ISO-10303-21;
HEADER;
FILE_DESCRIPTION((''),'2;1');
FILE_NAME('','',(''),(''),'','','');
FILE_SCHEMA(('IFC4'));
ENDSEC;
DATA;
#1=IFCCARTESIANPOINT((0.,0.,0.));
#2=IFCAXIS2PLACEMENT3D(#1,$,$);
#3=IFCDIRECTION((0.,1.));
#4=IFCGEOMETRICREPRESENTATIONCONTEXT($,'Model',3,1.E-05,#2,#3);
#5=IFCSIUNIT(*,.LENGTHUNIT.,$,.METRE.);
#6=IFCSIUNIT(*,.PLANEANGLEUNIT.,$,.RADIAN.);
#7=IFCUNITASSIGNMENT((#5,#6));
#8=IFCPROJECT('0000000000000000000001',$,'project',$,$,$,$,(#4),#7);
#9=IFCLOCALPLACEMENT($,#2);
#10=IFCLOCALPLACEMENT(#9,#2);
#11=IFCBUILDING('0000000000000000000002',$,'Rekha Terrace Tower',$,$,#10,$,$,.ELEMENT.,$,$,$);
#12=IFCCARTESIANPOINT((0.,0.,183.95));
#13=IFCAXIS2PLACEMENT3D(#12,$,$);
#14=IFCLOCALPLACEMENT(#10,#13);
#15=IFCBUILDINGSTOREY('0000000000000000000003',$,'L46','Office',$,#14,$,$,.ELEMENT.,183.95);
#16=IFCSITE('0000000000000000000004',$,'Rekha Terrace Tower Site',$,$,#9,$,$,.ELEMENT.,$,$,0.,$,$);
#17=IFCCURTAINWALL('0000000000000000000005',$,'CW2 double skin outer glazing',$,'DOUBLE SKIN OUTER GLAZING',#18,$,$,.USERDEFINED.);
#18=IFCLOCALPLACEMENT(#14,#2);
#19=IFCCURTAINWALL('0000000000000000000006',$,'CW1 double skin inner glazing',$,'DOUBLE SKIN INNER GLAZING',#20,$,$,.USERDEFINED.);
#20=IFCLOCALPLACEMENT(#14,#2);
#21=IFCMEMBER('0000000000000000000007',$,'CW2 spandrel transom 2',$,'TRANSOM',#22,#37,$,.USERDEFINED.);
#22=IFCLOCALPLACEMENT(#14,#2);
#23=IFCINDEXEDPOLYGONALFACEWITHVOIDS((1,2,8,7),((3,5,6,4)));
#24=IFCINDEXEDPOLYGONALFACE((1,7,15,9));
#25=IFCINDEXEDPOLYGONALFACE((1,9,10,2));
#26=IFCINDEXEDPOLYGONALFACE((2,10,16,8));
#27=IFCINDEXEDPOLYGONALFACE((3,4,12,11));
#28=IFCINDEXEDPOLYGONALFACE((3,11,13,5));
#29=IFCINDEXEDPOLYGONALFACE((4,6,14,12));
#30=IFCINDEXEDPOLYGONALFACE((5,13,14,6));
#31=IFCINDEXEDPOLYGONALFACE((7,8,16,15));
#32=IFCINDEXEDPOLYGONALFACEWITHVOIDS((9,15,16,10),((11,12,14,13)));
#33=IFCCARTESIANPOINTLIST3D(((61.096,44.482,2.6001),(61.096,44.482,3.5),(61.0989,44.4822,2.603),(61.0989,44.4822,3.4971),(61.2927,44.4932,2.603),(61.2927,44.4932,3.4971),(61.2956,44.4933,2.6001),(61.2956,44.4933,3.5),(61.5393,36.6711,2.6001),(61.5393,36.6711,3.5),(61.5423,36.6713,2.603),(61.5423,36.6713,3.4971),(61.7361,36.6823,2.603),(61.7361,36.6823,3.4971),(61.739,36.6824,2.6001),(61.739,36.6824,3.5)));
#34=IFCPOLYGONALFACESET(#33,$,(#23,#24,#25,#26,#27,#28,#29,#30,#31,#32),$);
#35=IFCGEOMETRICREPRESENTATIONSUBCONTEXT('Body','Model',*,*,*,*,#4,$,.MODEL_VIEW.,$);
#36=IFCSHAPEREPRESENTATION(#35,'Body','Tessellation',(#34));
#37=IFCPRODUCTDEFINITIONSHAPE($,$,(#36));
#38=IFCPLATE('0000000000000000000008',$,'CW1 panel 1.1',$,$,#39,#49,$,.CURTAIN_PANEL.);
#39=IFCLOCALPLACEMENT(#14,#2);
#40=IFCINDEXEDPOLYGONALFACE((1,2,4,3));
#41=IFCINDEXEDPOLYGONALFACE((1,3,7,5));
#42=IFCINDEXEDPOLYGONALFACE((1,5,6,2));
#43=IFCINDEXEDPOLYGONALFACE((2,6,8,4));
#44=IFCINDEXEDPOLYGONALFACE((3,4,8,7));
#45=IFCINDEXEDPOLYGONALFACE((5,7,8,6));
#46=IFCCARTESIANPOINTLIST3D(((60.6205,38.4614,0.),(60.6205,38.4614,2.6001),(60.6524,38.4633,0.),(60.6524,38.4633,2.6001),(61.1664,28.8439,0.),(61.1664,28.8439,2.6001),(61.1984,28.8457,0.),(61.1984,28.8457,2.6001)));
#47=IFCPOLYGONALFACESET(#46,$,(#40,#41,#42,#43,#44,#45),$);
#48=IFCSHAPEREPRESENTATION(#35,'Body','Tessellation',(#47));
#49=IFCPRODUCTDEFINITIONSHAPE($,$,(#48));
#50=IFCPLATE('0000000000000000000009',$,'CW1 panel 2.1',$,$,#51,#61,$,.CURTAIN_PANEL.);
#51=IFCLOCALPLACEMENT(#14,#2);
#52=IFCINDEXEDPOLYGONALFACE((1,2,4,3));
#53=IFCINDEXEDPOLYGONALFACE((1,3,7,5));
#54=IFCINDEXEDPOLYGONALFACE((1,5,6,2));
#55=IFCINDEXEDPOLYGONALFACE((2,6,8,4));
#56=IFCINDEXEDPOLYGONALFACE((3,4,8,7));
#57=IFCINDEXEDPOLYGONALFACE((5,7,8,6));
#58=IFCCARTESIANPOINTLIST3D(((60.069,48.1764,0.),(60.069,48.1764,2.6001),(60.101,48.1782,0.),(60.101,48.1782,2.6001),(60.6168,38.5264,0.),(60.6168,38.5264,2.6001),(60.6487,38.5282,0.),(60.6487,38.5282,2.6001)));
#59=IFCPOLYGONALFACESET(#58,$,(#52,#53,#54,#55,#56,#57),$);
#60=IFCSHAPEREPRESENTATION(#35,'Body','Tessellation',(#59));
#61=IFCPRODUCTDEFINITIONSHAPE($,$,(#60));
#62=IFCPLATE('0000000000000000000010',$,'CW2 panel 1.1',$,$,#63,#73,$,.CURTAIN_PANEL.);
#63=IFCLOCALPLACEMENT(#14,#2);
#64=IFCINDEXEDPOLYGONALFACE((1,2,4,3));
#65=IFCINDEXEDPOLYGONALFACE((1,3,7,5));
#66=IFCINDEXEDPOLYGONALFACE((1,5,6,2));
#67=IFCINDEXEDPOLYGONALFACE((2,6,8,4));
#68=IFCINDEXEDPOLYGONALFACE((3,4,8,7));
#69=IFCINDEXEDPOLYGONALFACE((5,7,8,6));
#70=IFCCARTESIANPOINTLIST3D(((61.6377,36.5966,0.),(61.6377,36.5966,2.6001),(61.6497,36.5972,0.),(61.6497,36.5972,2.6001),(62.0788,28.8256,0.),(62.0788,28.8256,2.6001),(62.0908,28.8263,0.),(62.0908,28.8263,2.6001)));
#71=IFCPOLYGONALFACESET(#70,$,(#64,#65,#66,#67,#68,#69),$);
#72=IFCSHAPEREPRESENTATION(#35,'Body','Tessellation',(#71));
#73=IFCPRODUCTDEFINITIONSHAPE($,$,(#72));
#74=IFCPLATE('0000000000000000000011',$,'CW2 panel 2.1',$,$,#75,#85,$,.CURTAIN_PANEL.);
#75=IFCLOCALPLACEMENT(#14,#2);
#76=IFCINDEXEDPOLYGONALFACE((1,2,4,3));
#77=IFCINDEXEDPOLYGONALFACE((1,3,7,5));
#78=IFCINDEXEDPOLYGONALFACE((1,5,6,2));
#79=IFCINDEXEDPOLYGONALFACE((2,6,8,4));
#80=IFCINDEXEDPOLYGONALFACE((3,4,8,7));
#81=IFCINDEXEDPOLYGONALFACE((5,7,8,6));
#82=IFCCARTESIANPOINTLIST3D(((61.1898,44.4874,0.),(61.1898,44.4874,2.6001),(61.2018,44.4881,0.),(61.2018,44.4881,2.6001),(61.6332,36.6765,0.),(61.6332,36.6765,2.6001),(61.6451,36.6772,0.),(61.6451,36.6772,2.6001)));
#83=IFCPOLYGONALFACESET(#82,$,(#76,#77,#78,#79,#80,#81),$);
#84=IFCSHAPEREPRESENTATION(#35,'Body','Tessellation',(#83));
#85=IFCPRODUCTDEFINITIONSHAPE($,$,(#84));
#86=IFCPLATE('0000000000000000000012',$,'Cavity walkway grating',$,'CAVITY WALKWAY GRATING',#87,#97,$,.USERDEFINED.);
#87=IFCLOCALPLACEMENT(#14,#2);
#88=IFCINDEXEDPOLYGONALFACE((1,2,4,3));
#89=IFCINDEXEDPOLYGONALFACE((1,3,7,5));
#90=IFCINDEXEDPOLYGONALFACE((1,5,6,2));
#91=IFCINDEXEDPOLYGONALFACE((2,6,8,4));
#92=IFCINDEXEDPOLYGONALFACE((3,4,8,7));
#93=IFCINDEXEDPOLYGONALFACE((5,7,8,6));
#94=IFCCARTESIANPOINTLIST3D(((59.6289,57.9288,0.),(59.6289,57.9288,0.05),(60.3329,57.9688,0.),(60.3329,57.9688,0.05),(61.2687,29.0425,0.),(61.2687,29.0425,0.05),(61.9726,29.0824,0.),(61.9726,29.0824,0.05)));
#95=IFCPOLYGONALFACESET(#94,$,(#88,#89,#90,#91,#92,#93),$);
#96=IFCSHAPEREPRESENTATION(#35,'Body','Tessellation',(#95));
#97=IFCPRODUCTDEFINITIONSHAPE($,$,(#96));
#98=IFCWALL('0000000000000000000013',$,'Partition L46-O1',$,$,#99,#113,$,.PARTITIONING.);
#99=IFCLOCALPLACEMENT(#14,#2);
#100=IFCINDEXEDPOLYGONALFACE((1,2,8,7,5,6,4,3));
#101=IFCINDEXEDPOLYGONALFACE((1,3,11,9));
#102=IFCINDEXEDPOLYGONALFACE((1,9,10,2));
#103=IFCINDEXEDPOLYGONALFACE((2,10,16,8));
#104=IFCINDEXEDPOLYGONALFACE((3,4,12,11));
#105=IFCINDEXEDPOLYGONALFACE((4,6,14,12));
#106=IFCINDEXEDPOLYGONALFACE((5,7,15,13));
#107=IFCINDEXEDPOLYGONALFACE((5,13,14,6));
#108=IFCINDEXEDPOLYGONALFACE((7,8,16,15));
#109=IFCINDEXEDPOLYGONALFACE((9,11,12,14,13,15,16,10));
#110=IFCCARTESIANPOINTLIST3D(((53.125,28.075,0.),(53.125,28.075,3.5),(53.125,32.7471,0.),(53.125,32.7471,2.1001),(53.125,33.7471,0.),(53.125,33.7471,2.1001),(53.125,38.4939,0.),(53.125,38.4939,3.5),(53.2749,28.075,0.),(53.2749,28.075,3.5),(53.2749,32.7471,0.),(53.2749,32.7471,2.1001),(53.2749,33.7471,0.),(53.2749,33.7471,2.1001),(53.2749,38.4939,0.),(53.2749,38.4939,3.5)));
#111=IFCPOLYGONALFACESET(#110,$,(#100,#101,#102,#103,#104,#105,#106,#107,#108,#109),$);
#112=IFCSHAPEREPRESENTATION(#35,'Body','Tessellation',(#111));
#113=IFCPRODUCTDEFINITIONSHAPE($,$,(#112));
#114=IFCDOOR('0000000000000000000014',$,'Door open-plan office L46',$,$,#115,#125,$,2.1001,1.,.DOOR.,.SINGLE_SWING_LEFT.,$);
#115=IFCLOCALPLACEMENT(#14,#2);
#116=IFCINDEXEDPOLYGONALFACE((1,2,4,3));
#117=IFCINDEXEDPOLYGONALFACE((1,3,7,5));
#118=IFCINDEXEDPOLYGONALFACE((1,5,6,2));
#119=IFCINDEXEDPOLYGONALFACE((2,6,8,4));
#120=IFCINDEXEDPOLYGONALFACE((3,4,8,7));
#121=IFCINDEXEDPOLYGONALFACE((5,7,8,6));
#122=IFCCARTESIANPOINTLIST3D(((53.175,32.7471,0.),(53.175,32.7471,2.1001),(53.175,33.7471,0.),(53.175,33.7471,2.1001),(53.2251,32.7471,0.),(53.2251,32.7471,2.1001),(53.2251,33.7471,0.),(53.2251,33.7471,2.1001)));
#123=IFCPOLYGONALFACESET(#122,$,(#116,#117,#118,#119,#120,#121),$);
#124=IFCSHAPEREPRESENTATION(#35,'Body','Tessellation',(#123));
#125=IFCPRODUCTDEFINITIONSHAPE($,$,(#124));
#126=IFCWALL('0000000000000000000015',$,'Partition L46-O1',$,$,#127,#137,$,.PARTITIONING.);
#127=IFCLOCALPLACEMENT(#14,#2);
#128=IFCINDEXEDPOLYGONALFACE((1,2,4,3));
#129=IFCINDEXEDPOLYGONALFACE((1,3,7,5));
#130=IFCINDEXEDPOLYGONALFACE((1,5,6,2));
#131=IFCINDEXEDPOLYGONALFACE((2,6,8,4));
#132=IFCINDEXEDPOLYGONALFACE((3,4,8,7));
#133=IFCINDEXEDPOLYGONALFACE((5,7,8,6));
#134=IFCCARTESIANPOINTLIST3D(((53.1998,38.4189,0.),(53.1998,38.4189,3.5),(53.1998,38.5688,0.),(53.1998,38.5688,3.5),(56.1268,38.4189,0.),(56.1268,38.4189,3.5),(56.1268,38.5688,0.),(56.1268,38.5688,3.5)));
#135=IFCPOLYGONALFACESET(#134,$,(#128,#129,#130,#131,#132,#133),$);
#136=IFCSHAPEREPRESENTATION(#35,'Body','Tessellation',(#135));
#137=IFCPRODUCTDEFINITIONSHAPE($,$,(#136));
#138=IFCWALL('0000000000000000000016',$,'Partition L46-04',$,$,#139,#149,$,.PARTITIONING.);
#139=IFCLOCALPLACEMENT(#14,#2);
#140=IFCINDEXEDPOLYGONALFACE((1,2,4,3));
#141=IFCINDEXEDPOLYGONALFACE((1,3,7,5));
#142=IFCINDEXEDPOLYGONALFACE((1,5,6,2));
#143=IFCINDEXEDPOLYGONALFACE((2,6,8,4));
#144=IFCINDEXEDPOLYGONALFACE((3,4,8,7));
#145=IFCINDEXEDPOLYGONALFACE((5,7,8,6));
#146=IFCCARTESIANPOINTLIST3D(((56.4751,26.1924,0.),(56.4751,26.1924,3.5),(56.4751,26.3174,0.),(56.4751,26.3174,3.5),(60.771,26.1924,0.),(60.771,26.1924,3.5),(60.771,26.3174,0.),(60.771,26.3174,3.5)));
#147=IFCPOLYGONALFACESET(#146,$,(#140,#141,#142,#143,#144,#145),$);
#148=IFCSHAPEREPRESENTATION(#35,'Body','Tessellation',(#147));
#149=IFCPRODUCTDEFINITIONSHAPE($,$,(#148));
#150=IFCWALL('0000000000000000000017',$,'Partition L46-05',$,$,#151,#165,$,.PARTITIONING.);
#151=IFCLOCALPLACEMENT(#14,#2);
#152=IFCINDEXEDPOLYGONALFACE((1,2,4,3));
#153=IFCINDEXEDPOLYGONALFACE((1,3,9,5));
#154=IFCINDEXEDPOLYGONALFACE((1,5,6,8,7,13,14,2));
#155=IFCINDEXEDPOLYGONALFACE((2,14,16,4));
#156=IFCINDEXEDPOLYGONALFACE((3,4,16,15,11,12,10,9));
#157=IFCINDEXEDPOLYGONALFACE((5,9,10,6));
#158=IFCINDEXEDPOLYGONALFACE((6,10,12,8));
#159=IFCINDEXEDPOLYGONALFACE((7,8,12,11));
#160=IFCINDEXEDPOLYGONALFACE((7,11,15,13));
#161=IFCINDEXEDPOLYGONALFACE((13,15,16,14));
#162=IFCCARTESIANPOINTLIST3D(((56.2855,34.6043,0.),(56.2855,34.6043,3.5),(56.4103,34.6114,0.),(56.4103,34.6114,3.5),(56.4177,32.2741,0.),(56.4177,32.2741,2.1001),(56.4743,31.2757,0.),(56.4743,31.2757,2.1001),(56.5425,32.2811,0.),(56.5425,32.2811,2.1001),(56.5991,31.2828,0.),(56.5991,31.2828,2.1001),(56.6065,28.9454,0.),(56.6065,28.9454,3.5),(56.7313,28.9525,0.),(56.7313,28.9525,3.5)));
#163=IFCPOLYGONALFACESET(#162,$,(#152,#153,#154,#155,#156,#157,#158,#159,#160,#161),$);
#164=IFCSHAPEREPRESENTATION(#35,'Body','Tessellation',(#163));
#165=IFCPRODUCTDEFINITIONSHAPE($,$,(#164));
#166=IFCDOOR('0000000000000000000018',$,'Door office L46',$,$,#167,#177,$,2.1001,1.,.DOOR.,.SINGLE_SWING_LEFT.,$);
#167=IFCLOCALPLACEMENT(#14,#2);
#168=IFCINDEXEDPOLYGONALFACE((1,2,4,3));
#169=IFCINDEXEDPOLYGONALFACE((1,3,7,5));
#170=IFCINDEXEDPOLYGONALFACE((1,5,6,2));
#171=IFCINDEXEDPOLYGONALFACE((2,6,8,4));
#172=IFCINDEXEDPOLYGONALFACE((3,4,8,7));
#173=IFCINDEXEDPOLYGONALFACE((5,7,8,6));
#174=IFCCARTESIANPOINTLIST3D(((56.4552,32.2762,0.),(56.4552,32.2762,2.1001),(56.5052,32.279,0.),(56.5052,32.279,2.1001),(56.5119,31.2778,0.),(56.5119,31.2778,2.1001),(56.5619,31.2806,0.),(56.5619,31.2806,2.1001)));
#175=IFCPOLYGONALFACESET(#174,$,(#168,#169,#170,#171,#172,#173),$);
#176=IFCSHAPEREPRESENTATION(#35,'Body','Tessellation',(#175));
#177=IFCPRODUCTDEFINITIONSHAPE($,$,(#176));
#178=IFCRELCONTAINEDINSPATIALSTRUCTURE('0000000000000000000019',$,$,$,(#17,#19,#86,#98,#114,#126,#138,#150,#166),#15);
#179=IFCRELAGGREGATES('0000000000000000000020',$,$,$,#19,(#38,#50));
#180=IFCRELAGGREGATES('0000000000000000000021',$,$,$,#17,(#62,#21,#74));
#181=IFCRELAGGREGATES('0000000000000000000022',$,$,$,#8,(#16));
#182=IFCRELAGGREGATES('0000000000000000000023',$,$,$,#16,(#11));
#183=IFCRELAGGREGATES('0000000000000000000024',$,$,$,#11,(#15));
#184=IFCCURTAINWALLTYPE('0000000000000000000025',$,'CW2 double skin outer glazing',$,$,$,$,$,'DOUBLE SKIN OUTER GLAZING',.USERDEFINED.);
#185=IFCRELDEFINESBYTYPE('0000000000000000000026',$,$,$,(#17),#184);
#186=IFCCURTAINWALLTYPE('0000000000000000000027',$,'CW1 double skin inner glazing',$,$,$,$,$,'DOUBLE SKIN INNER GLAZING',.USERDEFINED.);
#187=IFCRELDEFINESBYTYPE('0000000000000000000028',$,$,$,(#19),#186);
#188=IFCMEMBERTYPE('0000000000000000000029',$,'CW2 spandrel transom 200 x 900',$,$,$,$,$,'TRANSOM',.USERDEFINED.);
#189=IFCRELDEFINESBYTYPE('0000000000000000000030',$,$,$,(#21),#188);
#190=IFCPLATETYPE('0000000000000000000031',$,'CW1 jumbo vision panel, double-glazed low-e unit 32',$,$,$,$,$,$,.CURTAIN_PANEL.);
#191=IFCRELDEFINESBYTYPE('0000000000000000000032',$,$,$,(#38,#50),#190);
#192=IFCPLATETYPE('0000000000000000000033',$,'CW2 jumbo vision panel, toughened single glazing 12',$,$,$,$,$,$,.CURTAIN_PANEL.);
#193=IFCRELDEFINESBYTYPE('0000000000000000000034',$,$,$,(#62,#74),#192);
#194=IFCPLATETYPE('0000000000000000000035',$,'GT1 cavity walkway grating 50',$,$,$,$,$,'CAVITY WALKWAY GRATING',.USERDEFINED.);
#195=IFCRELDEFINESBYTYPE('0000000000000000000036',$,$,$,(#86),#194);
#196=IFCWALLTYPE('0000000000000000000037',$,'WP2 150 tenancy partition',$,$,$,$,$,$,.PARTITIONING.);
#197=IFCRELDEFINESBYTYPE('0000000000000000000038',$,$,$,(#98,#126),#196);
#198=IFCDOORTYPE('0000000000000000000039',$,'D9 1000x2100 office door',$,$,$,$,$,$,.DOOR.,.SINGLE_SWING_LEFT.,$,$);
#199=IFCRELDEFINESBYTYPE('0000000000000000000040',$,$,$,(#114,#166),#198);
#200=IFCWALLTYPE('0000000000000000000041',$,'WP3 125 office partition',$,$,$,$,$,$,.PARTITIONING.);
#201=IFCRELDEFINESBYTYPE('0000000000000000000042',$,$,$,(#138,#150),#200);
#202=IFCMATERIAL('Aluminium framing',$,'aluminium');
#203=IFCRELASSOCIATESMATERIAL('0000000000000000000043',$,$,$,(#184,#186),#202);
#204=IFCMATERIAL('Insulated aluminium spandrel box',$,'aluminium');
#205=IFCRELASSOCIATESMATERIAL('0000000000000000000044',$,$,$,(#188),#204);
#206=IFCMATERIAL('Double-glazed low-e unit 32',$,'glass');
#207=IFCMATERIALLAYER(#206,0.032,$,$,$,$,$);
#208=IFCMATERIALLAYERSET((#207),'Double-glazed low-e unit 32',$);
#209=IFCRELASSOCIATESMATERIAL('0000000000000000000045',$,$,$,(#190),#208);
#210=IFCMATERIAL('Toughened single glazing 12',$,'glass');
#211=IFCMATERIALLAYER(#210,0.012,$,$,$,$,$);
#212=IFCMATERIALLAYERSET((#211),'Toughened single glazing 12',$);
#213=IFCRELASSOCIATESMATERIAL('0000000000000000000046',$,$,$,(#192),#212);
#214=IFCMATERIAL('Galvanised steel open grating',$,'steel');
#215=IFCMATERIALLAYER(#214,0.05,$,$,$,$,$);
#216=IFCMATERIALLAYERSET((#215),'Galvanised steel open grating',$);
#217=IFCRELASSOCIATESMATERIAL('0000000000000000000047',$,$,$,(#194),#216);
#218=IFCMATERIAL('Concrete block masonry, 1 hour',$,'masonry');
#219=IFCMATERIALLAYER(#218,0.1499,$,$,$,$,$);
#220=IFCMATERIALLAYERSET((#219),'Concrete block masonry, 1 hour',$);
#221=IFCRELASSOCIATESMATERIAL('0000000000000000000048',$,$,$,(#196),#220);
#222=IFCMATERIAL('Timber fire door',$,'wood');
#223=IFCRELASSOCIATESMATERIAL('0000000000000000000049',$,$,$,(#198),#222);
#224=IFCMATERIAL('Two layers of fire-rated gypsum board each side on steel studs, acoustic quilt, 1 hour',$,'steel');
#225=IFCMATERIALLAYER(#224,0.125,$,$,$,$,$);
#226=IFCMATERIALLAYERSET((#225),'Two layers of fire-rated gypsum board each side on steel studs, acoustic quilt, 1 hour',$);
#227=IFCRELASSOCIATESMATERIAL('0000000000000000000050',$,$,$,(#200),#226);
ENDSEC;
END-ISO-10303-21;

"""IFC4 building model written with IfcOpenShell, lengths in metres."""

from ifc_helpers import new_model, si_unit, direction, frame, frame_2d, origin, origin_2d, place, context, subcontext, project, spatial, rectangle, hollow_rectangle, extrude, material, layer, layer_set, material_profile, profile_set, type_object, element, fill, aggregate, save


model = new_model("IFC4")

# Units and contexts
model_context = context("Model", 3, precision=1e-05, world=origin(), true_north=direction((0.0, 1.0)))
body_context = subcontext(model_context, "Body", "Model", "MODEL_VIEW")
ifc_project = project(units=[si_unit("LENGTHUNIT", "METRE"), si_unit("PLANEANGLEUNIT", "RADIAN")], contexts=[model_context])

# Site, building, storey
site_placement = place(None, origin())
site = spatial("IfcSite", under=ifc_project, at=site_placement, Name="Rekha Terrace Tower Site", CompositionType="ELEMENT", RefElevation=0.0)
building_placement = place(site_placement, origin())
building = spatial("IfcBuilding", under=site, at=building_placement, Name="Rekha Terrace Tower", CompositionType="ELEMENT")
storey_placement = place(building_placement, frame((0.0, 0.0, 183.95)))
storey = spatial("IfcBuildingStorey", under=building, at=storey_placement, Name="L46", Description="Office", CompositionType="ELEMENT", Elevation=183.95)

# Curtain wall
ifc_material_1 = material(Name="Aluminium framing", Category="aluminium")
curtain_wall_type_1 = type_object("IfcCurtainWallType", Name="CW2 double skin outer glazing", ElementType="DOUBLE SKIN OUTER GLAZING", PredefinedType="USERDEFINED", material=ifc_material_1)
curtain_wall_1_placement = place(storey_placement, origin())
curtain_wall_1 = element("IfcCurtainWall", 1, at=curtain_wall_1_placement, inside=storey, type_object=curtain_wall_type_1, Name="CW2 double skin outer glazing", ObjectType="DOUBLE SKIN OUTER GLAZING", PredefinedType="USERDEFINED")

# Curtain wall
curtain_wall_type_2 = type_object("IfcCurtainWallType", Name="CW1 double skin inner glazing", ElementType="DOUBLE SKIN INNER GLAZING", PredefinedType="USERDEFINED", material=ifc_material_1)
curtain_wall_2_placement = place(storey_placement, origin())
curtain_wall_2 = element("IfcCurtainWall", 2, at=curtain_wall_2_placement, inside=storey, type_object=curtain_wall_type_2, Name="CW1 double skin inner glazing", ObjectType="DOUBLE SKIN INNER GLAZING", PredefinedType="USERDEFINED")
ifc_material_2 = material(Name="Insulated aluminium spandrel box", Category="aluminium")

# Member
ifc_material_profile_1 = material_profile(ifc_material_2, hollow_rectangle(XDim=0.2, YDim=0.8999, WallThickness=0.0029, at=origin_2d()), Name="AL SPANDREL BOX 200x900")
ifc_profile_set_1 = profile_set([ifc_material_profile_1], Name="Insulated aluminium spandrel box")
member_type_1 = type_object("IfcMemberType", Name="CW2 spandrel transom 200 x 900", ElementType="TRANSOM", PredefinedType="USERDEFINED", material=ifc_profile_set_1)
member_1_placement = place(storey_placement, frame((61.6392, 36.6768, 3.05), z_axis=(-0.056669, 0.998393, 0.0), x_axis=(-0.998393, -0.056669, 0.0)))
member_1 = element("IfcMember", 3, at=member_1_placement, type_object=member_type_1, Name="CW2 spandrel transom 2", ObjectType="TRANSOM", PredefinedType="USERDEFINED", context=body_context, shape_type="SweptSolid", body=[
    extrude(hollow_rectangle(XDim=0.2, YDim=0.8999, WallThickness=0.0029, at=origin_2d()), origin(), (0.0, 0.0, 1.0), 7.8235),
])

# Plates
ifc_material_3 = material(Name="Double-glazed low-e unit 32", Category="glass")
ifc_layer_1 = layer(ifc_material_3, 0.032)
ifc_layer_set_1 = layer_set([ifc_layer_1], Name="Double-glazed low-e unit 32")
plate_type_1 = type_object("IfcPlateType", Name="CW1 jumbo vision panel, double-glazed low-e unit 32", PredefinedType="CURTAIN_PANEL", material=ifc_layer_set_1)
plate_1_placement = place(storey_placement, frame((60.9094, 33.6536, 0.0), z_axis=(0.0, 0.0, 1.0), x_axis=(-0.056673, 0.998393, 0.0)))
plate_1 = element("IfcPlate", 4, at=plate_1_placement, type_object=plate_type_1, Name="CW1 panel 1.1", PredefinedType="CURTAIN_PANEL", context=body_context, shape_type="SweptSolid", body=[
    extrude(rectangle(XDim=9.6331, YDim=0.032, at=origin_2d()), origin(), (0.0, 0.0, 1.0), 2.6001),
])
plate_2_placement = place(storey_placement, frame((60.3589, 43.3523, 0.0), z_axis=(0.0, 0.0, 1.0), x_axis=(-0.056673, 0.998393, 0.0)))
plate_2 = element("IfcPlate", 5, at=plate_2_placement, type_object=plate_type_1, Name="CW1 panel 2.1", PredefinedType="CURTAIN_PANEL", context=body_context, shape_type="SweptSolid", body=[
    extrude(rectangle(XDim=9.6655, YDim=0.032, at=origin_2d()), origin(), (0.0, 0.0, 1.0), 2.6001),
])
aggregate(curtain_wall_2, [plate_1, plate_2])
ifc_material_4 = material(Name="Toughened single glazing 12", Category="glass")
ifc_layer_2 = layer(ifc_material_4, 0.012)
ifc_layer_set_2 = layer_set([ifc_layer_2], Name="Toughened single glazing 12")
plate_type_2 = type_object("IfcPlateType", Name="CW2 jumbo vision panel, toughened single glazing 12", PredefinedType="CURTAIN_PANEL", material=ifc_layer_set_2)
plate_3_placement = place(storey_placement, frame((61.8643, 32.7114, 0.0), z_axis=(0.0, 0.0, 1.0), x_axis=(-0.056673, 0.998393, 0.0)))
plate_3 = element("IfcPlate", 6, at=plate_3_placement, type_object=plate_type_2, Name="CW2 panel 1.1", PredefinedType="CURTAIN_PANEL", context=body_context, shape_type="SweptSolid", body=[
    extrude(rectangle(XDim=7.7834, YDim=0.012, at=origin_2d()), origin(), (0.0, 0.0, 1.0), 2.6001),
])
plate_4_placement = place(storey_placement, frame((61.4175, 40.5823, 0.0), z_axis=(0.0, 0.0, 1.0), x_axis=(-0.056673, 0.998393, 0.0)))
plate_4 = element("IfcPlate", 7, at=plate_4_placement, type_object=plate_type_2, Name="CW2 panel 2.1", PredefinedType="CURTAIN_PANEL", context=body_context, shape_type="SweptSolid", body=[
    extrude(rectangle(XDim=7.8235, YDim=0.012, at=origin_2d()), origin(), (0.0, 0.0, 1.0), 2.6001),
])
aggregate(curtain_wall_1, [plate_3, member_1, plate_4])
ifc_material_5 = material(Name="Galvanised steel open grating", Category="steel")
ifc_layer_3 = layer(ifc_material_5, 0.05)
ifc_layer_set_3 = layer_set([ifc_layer_3], Name="Galvanised steel open grating")
plate_type_3 = type_object("IfcPlateType", Name="GT1 cavity walkway grating 50", ElementType="CAVITY WALKWAY GRATING", PredefinedType="USERDEFINED", material=ifc_layer_set_3)
plate_5_placement = place(storey_placement, frame((60.8008, 43.5056, 0.0), z_axis=(0.0, 0.0, 1.0), x_axis=(-0.056673, 0.998393, 0.0)))
element("IfcPlate", 8, at=plate_5_placement, inside=storey, type_object=plate_type_3, Name="Cavity walkway grating", ObjectType="CAVITY WALKWAY GRATING", PredefinedType="USERDEFINED", context=body_context, shape_type="SweptSolid", body=[
    extrude(rectangle(XDim=28.9329, YDim=0.7051, at=origin_2d()), origin(), (0.0, 0.0, 1.0), 0.05),
])

# Wall, opening, door
ifc_material_6 = material(Name="Concrete block masonry, 1 hour", Category="masonry")
ifc_layer_4 = layer(ifc_material_6, 0.1499)
ifc_layer_set_4 = layer_set([ifc_layer_4], Name="Concrete block masonry, 1 hour")
wall_type_1 = type_object("IfcWallType", Name="WP2 150 tenancy partition", PredefinedType="PARTITIONING", material=ifc_layer_set_4)
wall_1_placement = place(storey_placement, frame((53.2, 28.075, 0.0), z_axis=(0.0, 0.0, 1.0), x_axis=(0.0, 1.0, 0.0)))
wall_1 = element("IfcWall", 9, at=wall_1_placement, inside=storey, type_object=wall_type_1, Name="Partition L46-O1", PredefinedType="PARTITIONING", context=body_context, shape_type="SweptSolid", body=[
    extrude(rectangle(XDim=10.4189, YDim=0.1499, at=frame_2d((5.2095, 0.0))), origin(), (0.0, 0.0, 1.0), 3.5),
])
opening_1_placement = place(wall_1_placement, frame((4.6721, 0.0, 0.0)))
opening_1 = element("IfcOpeningElement", 10, at=opening_1_placement, cuts=wall_1, PredefinedType="OPENING", context=body_context, shape_type="SweptSolid", body=[
    extrude(rectangle(XDim=1.0, YDim=2.1001, at=frame_2d((0.5, 1.05))), frame((0.0, 0.085, 0.0), z_axis=(0.0, -1.0, 0.0), x_axis=(1.0, 0.0, 0.0)), (0.0, 0.0, 1.0), 0.1699),
])
ifc_material_7 = material(Name="Timber fire door", Category="wood")
door_type = type_object("IfcDoorType", Name="D9 1000x2100 office door", OperationType="SINGLE_SWING_LEFT", PredefinedType="DOOR", material=ifc_material_7)
door_1_placement = place(opening_1_placement, origin())
door_1 = element("IfcDoor", 11, at=door_1_placement, inside=storey, type_object=door_type, Name="Door open-plan office L46", OperationType="SINGLE_SWING_LEFT", OverallHeight=2.1001, OverallWidth=1.0, PredefinedType="DOOR", context=body_context, shape_type="SweptSolid", body=[
    extrude(rectangle(XDim=1.0, YDim=2.1001, at=frame_2d((0.5, 1.05))), frame((0.0, 0.0249, 0.0), z_axis=(0.0, -1.0, 0.0), x_axis=(1.0, 0.0, 0.0)), (0.0, 0.0, 1.0), 0.05),
])
fill(opening_1, door_1)

# Walls
wall_2_placement = place(storey_placement, frame((53.2, 38.4939, 0.0), z_axis=(0.0, 0.0, 1.0), x_axis=(1.0, 0.0, 0.0)))
element("IfcWall", 12, at=wall_2_placement, inside=storey, type_object=wall_type_1, Name="Partition L46-O1", PredefinedType="PARTITIONING", context=body_context, shape_type="SweptSolid", body=[
    extrude(rectangle(XDim=2.927, YDim=0.1499, at=frame_2d((1.4634, 0.0))), origin(), (0.0, 0.0, 1.0), 3.5),
])
ifc_material_8 = material(Name="Two layers of fire-rated gypsum board each side on steel studs, acoustic quilt, 1 hour", Category="steel")
ifc_layer_5 = layer(ifc_material_8, 0.125)
ifc_layer_set_5 = layer_set([ifc_layer_5], Name="Two layers of fire-rated gypsum board each side on steel studs, acoustic quilt, 1 hour")
wall_type_2 = type_object("IfcWallType", Name="WP3 125 office partition", PredefinedType="PARTITIONING", material=ifc_layer_set_5)
wall_3_placement = place(storey_placement, frame((56.4751, 26.2549, 0.0), z_axis=(0.0, 0.0, 1.0), x_axis=(1.0, 0.0, 0.0)))
element("IfcWall", 13, at=wall_3_placement, inside=storey, type_object=wall_type_2, Name="Partition L46-04", PredefinedType="PARTITIONING", context=body_context, shape_type="SweptSolid", body=[
    extrude(rectangle(XDim=4.2959, YDim=0.125, at=frame_2d((2.1479, 0.0))), origin(), (0.0, 0.0, 1.0), 3.5),
])

# Wall, opening, door
wall_4_placement = place(storey_placement, frame((56.6689, 28.949, 0.0), z_axis=(0.0, 0.0, 1.0), x_axis=(-0.056641, 0.998395, 0.0)))
wall_4 = element("IfcWall", 14, at=wall_4_placement, inside=storey, type_object=wall_type_2, Name="Partition L46-05", PredefinedType="PARTITIONING", context=body_context, shape_type="SweptSolid", body=[
    extrude(rectangle(XDim=5.668, YDim=0.125, at=frame_2d((2.834, 0.0))), origin(), (0.0, 0.0, 1.0), 3.5),
])
opening_2_placement = place(wall_4_placement, frame((2.334, 0.0, 0.0)))
opening_2 = element("IfcOpeningElement", 15, at=opening_2_placement, cuts=wall_4, PredefinedType="OPENING", context=body_context, shape_type="SweptSolid", body=[
    extrude(rectangle(XDim=1.0, YDim=2.1001, at=frame_2d((0.5, 1.05))), frame((0.0, 0.0725, 0.0), z_axis=(0.0, -1.0, 0.0), x_axis=(1.0, 0.0, 0.0)), (0.0, 0.0, 1.0), 0.145),
])
door_2_placement = place(opening_2_placement, origin())
door_2 = element("IfcDoor", 16, at=door_2_placement, inside=storey, type_object=door_type, Name="Door office L46", OperationType="SINGLE_SWING_LEFT", OverallHeight=2.1001, OverallWidth=1.0, PredefinedType="DOOR", context=body_context, shape_type="SweptSolid", body=[
    extrude(rectangle(XDim=1.0, YDim=2.1001, at=frame_2d((0.5, 1.05))), frame((0.0, 0.0249, 0.0), z_axis=(0.0, -1.0, 0.0), x_axis=(1.0, 0.0, 0.0)), (0.0, 0.0, 1.0), 0.05),
])
fill(opening_2, door_2)

save(model, "model.ifc")
